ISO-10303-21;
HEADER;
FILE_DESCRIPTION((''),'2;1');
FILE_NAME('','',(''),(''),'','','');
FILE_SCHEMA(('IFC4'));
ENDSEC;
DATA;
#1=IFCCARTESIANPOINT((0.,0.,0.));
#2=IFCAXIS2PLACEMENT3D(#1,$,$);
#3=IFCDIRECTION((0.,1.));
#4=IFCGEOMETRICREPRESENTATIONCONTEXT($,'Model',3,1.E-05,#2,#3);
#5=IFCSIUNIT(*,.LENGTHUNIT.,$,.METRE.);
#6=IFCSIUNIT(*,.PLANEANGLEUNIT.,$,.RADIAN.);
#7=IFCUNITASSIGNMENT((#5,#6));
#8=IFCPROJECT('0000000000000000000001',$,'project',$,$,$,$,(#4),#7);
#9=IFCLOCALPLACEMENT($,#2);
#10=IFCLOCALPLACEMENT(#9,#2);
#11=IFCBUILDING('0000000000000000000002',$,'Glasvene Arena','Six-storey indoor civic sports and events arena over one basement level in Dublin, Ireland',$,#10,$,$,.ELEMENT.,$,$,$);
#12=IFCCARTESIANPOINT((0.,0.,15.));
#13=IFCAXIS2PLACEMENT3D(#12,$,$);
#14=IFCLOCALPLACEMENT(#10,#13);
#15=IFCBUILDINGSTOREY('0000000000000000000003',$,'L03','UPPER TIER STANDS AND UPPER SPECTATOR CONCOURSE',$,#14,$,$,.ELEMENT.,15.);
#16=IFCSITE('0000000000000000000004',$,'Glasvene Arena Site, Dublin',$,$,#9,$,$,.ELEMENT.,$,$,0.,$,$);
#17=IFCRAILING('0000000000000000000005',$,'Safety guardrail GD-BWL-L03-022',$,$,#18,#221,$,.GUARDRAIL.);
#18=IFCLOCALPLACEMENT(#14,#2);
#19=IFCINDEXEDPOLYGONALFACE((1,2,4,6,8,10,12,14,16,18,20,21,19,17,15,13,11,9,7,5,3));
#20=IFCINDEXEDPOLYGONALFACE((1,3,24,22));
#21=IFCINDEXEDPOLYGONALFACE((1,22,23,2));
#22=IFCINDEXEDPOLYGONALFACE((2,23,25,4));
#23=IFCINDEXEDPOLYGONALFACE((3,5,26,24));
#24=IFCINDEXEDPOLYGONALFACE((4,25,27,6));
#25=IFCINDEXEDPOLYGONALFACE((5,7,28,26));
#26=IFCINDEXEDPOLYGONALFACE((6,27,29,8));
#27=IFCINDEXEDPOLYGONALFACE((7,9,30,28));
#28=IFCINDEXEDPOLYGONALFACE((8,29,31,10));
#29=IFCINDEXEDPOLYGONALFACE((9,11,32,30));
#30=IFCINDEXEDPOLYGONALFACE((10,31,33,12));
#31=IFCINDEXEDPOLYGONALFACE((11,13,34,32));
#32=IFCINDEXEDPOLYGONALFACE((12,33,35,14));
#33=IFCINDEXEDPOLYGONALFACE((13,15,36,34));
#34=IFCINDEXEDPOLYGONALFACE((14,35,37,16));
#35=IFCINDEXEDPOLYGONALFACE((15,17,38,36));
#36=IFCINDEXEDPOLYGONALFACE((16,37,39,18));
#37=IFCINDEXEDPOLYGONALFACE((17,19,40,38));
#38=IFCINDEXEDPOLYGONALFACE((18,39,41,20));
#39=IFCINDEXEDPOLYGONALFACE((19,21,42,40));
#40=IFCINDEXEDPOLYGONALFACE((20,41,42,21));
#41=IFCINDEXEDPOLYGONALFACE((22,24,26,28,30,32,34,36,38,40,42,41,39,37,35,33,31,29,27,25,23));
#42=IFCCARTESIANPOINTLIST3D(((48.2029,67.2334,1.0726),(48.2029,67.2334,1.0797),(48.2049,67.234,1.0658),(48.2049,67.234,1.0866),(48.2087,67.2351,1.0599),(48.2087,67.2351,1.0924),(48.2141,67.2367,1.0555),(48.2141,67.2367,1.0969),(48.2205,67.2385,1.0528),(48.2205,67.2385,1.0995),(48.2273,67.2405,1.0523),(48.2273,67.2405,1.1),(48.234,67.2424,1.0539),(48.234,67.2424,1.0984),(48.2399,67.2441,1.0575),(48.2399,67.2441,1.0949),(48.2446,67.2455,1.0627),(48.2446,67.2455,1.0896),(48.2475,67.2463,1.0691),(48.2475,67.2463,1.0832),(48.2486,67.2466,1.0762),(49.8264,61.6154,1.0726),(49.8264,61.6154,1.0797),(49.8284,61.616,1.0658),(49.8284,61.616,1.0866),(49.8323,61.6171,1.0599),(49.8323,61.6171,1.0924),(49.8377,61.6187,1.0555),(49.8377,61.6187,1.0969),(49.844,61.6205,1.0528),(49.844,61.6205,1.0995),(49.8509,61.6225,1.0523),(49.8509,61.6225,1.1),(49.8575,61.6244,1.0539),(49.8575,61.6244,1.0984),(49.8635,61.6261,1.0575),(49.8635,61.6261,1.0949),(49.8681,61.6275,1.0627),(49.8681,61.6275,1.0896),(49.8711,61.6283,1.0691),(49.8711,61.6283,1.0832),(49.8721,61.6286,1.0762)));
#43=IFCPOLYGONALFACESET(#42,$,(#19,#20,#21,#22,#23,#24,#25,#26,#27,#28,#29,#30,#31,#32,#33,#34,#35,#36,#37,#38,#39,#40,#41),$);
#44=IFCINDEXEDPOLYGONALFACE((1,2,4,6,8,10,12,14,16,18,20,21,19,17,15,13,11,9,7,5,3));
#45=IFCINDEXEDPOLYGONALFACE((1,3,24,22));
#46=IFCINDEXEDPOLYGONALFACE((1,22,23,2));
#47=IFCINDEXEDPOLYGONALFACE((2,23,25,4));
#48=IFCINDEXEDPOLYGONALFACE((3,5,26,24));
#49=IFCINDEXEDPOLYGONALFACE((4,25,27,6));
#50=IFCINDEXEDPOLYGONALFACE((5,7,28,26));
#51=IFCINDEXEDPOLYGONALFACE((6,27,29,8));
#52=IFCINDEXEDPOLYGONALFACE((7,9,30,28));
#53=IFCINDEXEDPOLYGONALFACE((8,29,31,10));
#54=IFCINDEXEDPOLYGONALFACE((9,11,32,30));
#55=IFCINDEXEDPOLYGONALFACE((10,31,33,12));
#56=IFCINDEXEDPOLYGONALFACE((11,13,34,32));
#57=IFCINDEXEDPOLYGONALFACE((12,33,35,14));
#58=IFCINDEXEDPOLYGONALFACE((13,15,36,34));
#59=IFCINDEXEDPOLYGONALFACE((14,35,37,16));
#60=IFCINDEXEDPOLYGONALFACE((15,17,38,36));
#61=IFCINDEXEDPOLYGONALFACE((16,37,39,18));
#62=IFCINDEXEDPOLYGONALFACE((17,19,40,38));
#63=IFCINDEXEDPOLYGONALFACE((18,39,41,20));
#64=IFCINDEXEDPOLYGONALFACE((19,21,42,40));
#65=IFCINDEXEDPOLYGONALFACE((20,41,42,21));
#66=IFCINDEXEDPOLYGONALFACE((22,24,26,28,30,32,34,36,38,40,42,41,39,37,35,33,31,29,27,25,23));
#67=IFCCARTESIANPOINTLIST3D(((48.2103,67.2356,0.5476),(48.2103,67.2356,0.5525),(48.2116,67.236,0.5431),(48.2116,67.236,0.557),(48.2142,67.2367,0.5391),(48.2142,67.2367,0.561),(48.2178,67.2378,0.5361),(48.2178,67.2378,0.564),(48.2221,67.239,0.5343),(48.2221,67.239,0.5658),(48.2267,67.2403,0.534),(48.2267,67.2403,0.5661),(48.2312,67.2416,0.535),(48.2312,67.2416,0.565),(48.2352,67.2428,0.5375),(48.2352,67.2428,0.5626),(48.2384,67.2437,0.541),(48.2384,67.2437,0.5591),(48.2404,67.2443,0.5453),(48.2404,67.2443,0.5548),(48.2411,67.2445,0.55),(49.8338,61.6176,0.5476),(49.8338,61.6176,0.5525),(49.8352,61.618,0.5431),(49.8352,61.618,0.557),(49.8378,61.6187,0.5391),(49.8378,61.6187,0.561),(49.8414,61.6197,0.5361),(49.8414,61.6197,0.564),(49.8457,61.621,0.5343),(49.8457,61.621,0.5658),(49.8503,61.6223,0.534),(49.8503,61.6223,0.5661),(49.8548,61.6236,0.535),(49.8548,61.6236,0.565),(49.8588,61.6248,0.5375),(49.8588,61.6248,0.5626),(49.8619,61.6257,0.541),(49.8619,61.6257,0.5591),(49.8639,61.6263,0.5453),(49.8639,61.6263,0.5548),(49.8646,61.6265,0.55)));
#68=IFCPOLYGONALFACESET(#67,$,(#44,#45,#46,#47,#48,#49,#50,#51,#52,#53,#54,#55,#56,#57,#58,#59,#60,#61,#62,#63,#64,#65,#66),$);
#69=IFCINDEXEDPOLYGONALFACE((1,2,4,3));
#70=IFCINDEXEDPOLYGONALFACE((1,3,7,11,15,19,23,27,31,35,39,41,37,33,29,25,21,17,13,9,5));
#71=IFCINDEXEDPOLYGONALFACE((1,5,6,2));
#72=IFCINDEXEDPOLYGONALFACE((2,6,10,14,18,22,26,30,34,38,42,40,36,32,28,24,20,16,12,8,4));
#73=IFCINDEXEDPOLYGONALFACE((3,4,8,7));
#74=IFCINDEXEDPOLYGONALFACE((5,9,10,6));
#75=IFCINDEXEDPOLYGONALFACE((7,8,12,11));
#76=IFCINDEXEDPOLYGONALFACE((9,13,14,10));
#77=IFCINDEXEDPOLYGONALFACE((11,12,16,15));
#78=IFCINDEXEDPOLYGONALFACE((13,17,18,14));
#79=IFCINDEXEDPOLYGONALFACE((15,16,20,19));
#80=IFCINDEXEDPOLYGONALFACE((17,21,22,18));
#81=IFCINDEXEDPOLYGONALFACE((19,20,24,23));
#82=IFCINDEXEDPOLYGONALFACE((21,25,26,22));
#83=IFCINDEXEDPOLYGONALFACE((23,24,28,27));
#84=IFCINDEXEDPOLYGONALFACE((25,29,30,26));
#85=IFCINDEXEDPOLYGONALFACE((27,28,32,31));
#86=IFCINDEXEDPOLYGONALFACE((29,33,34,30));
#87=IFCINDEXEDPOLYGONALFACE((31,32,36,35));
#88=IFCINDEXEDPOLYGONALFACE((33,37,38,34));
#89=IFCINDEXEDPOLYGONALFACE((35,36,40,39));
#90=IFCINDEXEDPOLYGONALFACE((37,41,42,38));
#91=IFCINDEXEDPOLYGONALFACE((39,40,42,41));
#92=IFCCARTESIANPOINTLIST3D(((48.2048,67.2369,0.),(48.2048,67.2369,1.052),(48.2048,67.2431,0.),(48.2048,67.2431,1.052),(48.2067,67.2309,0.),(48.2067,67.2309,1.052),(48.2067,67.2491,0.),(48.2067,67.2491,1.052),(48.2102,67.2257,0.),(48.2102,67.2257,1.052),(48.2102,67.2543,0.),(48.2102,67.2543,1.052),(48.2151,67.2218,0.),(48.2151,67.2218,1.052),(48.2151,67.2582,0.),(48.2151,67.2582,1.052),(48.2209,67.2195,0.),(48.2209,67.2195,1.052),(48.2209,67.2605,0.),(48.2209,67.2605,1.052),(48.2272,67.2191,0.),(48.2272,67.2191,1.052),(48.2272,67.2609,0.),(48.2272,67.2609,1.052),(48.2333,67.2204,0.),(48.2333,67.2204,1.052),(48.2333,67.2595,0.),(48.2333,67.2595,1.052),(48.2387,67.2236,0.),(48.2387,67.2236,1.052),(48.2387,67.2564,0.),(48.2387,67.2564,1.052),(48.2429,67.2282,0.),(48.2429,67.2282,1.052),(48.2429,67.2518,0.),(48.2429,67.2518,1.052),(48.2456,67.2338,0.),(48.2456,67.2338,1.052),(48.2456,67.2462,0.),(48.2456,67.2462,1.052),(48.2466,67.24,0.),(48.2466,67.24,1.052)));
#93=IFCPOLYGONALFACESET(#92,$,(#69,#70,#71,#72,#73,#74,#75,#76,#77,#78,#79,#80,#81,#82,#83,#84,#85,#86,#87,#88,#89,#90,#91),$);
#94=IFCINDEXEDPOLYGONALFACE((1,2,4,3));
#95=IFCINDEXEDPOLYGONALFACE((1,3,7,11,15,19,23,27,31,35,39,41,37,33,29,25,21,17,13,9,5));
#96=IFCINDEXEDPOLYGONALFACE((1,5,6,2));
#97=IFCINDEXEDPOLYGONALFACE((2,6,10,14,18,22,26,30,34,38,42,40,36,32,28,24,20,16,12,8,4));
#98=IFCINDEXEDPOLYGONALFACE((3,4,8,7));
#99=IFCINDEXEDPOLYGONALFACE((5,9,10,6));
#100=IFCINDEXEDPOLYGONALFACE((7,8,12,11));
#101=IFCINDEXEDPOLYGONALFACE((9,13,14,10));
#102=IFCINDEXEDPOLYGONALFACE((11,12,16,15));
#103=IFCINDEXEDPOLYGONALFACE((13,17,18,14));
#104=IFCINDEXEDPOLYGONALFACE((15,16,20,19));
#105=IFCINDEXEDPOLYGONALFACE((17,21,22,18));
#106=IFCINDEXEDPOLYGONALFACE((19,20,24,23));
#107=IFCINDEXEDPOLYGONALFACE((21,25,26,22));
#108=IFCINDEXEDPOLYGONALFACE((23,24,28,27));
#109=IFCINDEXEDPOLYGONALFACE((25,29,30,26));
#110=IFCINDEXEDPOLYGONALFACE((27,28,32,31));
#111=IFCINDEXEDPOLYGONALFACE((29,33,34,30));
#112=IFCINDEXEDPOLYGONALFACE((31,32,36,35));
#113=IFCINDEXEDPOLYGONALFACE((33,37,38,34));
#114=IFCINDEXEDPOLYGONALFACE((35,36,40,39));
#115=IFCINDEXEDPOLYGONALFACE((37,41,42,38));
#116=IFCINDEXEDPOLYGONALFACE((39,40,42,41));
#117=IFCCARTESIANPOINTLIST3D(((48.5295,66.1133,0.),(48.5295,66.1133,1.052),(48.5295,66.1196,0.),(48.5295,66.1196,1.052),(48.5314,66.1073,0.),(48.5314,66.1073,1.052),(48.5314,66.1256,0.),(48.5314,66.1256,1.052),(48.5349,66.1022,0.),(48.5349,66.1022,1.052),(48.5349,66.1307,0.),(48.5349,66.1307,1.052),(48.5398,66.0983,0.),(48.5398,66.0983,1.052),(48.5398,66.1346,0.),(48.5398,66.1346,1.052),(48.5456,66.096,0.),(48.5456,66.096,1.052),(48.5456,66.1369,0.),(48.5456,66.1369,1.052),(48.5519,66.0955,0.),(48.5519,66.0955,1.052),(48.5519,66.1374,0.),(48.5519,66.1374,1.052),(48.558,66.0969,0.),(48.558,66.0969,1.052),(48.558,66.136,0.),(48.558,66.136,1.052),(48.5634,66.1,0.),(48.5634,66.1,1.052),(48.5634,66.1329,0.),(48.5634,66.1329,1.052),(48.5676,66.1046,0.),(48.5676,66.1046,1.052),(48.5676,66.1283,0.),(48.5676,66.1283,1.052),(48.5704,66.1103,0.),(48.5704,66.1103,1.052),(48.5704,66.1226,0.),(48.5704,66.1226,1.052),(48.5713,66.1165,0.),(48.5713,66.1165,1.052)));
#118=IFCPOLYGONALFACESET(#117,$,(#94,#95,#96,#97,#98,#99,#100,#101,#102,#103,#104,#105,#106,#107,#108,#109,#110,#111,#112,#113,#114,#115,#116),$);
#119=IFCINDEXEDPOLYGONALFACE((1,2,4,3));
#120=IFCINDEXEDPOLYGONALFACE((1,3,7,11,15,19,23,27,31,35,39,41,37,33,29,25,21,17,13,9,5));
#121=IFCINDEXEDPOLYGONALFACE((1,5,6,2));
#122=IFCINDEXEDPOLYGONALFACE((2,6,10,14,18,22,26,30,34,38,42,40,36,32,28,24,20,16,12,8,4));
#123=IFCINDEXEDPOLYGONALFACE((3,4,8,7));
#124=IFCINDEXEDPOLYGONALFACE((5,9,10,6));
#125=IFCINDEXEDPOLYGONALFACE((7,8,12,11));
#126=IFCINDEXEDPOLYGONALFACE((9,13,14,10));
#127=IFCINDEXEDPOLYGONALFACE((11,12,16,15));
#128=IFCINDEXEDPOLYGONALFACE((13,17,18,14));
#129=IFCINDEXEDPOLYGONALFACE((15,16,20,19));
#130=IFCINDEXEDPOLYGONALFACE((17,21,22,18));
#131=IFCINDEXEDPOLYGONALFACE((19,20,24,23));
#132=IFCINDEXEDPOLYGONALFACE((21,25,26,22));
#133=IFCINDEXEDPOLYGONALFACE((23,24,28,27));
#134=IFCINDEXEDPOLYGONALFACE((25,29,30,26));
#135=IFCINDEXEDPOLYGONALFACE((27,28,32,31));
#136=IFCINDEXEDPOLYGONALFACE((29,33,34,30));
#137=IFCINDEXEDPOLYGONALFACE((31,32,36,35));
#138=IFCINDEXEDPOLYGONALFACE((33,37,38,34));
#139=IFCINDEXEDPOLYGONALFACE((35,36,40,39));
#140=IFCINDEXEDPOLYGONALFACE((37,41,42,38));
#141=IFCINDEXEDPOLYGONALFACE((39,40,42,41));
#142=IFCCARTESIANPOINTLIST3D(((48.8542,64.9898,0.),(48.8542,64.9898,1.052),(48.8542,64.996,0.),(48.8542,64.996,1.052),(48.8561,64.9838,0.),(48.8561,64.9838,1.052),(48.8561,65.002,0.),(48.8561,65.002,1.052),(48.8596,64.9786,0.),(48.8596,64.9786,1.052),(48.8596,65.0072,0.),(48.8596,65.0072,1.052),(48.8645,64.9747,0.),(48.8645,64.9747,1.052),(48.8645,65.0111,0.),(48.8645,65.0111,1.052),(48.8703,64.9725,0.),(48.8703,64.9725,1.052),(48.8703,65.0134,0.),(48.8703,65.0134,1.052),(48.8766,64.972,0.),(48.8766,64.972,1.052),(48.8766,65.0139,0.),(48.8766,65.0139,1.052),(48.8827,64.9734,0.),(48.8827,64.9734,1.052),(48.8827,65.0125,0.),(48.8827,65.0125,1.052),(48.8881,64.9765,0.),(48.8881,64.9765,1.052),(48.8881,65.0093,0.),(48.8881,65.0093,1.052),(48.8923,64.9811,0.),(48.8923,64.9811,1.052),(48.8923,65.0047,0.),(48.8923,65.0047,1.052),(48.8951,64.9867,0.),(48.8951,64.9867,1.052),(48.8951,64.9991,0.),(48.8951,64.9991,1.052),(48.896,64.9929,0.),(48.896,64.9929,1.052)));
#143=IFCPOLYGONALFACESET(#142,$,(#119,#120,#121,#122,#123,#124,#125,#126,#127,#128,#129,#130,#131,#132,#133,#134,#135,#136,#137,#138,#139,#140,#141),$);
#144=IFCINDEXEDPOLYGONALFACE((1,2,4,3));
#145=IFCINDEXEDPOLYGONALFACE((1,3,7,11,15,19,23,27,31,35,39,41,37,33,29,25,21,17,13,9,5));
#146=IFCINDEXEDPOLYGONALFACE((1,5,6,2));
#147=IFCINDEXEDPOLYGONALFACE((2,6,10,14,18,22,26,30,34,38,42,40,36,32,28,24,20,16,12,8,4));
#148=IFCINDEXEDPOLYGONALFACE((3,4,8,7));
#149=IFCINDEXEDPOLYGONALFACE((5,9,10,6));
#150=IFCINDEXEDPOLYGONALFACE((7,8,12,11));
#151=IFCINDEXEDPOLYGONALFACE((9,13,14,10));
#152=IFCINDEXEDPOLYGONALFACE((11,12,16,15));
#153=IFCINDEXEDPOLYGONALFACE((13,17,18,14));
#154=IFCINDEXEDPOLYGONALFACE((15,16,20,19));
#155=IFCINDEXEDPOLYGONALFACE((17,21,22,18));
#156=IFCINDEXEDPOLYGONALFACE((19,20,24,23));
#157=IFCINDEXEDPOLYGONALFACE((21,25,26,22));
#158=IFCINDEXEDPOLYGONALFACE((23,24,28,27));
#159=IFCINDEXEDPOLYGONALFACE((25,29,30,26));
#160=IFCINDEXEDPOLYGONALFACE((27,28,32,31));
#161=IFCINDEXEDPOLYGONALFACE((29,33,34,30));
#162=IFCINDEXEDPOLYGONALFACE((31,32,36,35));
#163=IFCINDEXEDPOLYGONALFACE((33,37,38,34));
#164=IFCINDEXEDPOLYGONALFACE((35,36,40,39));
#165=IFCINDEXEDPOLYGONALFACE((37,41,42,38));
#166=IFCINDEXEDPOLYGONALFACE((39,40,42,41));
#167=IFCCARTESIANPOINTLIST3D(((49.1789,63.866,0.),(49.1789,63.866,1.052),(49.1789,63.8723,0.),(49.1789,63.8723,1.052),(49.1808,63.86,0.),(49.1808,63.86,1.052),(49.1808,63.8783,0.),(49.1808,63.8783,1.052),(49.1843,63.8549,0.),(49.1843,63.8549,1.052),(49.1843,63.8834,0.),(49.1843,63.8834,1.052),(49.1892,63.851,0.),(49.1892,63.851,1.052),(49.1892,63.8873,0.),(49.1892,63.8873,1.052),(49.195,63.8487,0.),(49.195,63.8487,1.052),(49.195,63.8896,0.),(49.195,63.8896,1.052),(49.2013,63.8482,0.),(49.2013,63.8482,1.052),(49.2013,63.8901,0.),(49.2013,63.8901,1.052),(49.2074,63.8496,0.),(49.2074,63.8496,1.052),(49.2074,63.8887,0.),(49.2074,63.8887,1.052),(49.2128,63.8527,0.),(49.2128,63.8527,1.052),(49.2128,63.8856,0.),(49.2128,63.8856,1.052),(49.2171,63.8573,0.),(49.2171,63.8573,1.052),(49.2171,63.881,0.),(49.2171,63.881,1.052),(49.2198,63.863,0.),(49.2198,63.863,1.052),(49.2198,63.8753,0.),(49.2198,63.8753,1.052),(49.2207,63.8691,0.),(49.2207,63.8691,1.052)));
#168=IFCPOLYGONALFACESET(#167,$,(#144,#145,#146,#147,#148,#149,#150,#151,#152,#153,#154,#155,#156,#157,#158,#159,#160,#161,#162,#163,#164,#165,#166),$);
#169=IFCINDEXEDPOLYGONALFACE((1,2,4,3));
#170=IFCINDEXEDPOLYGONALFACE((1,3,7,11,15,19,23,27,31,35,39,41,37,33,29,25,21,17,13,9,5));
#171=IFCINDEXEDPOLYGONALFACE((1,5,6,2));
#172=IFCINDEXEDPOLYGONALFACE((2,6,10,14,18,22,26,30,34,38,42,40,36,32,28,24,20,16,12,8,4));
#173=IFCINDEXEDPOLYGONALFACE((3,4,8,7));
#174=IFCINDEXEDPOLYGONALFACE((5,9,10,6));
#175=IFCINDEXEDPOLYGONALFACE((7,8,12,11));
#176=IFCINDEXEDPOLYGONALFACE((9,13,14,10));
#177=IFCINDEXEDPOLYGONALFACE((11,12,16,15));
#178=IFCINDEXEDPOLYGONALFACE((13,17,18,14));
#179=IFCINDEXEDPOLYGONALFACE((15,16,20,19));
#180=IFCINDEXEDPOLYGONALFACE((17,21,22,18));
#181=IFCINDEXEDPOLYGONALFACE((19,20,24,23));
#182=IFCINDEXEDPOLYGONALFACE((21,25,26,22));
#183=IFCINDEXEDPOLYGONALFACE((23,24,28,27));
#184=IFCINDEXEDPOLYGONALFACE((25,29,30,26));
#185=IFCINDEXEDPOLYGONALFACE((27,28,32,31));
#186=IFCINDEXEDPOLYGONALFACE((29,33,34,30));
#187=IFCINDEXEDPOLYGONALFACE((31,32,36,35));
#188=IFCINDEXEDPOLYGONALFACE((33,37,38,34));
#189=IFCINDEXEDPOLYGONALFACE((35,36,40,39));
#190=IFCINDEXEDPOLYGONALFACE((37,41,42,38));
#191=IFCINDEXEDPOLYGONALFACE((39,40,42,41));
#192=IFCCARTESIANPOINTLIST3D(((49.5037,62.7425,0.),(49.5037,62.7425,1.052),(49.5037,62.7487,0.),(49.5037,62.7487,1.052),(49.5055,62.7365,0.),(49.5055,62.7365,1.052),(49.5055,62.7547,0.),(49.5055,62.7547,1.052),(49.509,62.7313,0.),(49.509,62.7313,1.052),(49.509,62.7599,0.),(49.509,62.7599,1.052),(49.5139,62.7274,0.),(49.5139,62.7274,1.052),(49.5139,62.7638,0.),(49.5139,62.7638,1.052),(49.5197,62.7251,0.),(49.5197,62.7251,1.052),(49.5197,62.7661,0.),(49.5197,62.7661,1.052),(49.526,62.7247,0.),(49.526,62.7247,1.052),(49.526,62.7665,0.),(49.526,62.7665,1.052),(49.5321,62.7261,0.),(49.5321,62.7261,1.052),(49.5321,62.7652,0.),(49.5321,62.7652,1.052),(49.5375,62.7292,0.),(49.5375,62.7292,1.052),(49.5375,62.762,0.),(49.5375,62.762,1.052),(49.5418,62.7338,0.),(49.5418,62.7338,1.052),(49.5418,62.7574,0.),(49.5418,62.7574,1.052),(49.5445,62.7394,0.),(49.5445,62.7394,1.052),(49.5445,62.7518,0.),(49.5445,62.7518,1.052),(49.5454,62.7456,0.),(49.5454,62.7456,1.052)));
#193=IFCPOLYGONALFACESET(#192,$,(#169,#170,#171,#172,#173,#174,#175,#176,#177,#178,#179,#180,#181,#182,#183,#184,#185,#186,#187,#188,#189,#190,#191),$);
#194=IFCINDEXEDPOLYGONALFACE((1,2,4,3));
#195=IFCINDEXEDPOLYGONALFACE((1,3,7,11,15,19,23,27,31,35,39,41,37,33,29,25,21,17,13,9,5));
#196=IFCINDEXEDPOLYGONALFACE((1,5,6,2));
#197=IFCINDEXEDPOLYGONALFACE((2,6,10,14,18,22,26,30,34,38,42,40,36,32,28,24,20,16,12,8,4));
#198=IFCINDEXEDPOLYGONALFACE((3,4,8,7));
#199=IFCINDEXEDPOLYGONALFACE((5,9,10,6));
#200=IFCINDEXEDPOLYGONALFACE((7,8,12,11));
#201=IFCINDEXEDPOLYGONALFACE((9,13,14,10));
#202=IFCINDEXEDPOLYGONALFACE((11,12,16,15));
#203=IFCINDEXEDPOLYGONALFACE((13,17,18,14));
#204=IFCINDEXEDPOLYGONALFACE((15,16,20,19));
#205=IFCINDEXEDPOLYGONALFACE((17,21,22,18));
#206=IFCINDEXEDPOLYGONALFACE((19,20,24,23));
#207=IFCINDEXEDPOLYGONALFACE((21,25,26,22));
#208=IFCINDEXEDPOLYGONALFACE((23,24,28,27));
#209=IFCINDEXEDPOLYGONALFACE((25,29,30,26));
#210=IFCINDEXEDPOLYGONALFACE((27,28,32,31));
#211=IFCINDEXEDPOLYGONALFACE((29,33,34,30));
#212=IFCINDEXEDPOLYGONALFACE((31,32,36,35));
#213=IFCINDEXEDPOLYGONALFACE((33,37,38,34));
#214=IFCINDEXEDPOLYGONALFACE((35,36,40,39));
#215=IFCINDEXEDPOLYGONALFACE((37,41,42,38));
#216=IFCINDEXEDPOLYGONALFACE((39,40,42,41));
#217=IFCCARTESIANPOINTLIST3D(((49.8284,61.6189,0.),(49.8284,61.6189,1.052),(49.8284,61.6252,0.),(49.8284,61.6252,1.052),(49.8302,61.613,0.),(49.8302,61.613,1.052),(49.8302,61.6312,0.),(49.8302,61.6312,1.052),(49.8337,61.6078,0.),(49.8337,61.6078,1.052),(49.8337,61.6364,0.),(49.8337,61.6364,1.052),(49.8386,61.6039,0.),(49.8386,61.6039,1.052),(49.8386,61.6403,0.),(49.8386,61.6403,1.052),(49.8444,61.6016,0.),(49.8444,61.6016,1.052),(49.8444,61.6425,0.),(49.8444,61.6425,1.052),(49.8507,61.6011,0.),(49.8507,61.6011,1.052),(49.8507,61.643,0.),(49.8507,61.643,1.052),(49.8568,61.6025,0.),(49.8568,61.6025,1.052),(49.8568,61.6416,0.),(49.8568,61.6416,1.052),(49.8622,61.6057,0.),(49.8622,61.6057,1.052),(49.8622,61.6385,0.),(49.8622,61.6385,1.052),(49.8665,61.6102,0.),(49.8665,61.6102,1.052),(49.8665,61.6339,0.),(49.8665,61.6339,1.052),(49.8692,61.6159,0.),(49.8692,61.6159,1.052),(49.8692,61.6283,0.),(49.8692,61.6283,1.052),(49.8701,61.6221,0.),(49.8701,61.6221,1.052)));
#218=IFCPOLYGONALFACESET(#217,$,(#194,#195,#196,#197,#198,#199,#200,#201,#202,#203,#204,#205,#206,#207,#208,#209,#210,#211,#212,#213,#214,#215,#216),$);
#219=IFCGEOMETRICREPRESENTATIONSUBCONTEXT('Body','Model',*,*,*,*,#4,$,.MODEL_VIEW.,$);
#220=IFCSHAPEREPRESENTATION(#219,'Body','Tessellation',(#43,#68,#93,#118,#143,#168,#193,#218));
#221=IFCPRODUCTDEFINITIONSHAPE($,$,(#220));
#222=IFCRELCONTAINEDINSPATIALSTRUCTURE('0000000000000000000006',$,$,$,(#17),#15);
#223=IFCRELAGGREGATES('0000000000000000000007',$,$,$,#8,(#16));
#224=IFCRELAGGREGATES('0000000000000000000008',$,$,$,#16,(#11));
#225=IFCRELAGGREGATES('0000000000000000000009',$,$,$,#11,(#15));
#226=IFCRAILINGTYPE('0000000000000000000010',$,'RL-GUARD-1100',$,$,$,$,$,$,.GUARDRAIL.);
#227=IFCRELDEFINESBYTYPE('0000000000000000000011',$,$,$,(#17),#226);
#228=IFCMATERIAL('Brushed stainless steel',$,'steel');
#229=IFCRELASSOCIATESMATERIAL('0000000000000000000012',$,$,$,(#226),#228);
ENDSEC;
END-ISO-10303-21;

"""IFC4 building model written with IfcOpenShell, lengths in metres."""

from ifc_helpers import new_model, si_unit, direction, frame, origin, origin_2d, place, context, subcontext, project, spatial, circle, extrude, material, type_object, element, save


model = new_model("IFC4")

# Units and contexts
model_context = context("Model", 3, precision=1e-05, world=origin(), true_north=direction((0.0, 1.0)))
body_context = subcontext(model_context, "Body", "Model", "MODEL_VIEW")
ifc_project = project(units=[si_unit("LENGTHUNIT", "METRE"), si_unit("PLANEANGLEUNIT", "RADIAN")], contexts=[model_context])

# Site, building, storey
site_placement = place(None, origin())
site = spatial("IfcSite", under=ifc_project, at=site_placement, Name="Glasvene Arena Site, Dublin", CompositionType="ELEMENT", RefElevation=0.0)
building_placement = place(site_placement, origin())
building = spatial("IfcBuilding", under=site, at=building_placement, Name="Glasvene Arena", Description="Six-storey indoor civic sports and events arena over one basement level in Dublin, Ireland", CompositionType="ELEMENT")
storey_placement = place(building_placement, frame((0.0, 0.0, 15.0)))
storey = spatial("IfcBuildingStorey", under=building, at=storey_placement, Name="L03", Description="UPPER TIER STANDS AND UPPER SPECTATOR CONCOURSE", CompositionType="ELEMENT", Elevation=15.0)

# Railing
ifc_material_1 = material(Name="Brushed stainless steel", Category="steel")
railing_type = type_object("IfcRailingType", Name="RL-GUARD-1100", PredefinedType="GUARDRAIL", material=ifc_material_1)
railing_1_placement = place(storey_placement, frame((48.2256, 67.24, 0.0)))
element("IfcRailing", 1, at=railing_1_placement, inside=storey, type_object=railing_type, Name="Safety guardrail GD-BWL-L03-022", PredefinedType="GUARDRAIL", context=body_context, shape_type="SweptSolid", body=[
    extrude(circle(Radius=0.0239, at=origin_2d()), frame((0.0, 0.0, 1.0762), z_axis=(0.277631, -0.960688, 0.0), x_axis=(0.960688, 0.277631, 0.0)), (0.0, 0.0, 1.0), 5.8479),
    extrude(circle(Radius=0.0161, at=origin_2d()), frame((0.0, 0.0, 0.55), z_axis=(0.277631, -0.960688, 0.0), x_axis=(0.960688, 0.277631, 0.0)), (0.0, 0.0, 1.0), 5.8479),
    extrude(circle(Radius=0.021, at=origin_2d()), origin(), (0.0, 0.0, 1.0), 1.052),
    extrude(circle(Radius=0.021, at=origin_2d()), frame((0.3247, -1.1235, 0.0)), (0.0, 0.0, 1.0), 1.052),
    extrude(circle(Radius=0.021, at=origin_2d()), frame((0.6494, -2.2471, 0.0)), (0.0, 0.0, 1.0), 1.052),
    extrude(circle(Radius=0.021, at=origin_2d()), frame((0.9741, -3.3708, 0.0)), (0.0, 0.0, 1.0), 1.052),
    extrude(circle(Radius=0.021, at=origin_2d()), frame((1.2988, -4.4944, 0.0)), (0.0, 0.0, 1.0), 1.052),
    extrude(circle(Radius=0.021, at=origin_2d()), frame((1.6235, -5.6179, 0.0)), (0.0, 0.0, 1.0), 1.052),
])

save(model, "model.ifc")
